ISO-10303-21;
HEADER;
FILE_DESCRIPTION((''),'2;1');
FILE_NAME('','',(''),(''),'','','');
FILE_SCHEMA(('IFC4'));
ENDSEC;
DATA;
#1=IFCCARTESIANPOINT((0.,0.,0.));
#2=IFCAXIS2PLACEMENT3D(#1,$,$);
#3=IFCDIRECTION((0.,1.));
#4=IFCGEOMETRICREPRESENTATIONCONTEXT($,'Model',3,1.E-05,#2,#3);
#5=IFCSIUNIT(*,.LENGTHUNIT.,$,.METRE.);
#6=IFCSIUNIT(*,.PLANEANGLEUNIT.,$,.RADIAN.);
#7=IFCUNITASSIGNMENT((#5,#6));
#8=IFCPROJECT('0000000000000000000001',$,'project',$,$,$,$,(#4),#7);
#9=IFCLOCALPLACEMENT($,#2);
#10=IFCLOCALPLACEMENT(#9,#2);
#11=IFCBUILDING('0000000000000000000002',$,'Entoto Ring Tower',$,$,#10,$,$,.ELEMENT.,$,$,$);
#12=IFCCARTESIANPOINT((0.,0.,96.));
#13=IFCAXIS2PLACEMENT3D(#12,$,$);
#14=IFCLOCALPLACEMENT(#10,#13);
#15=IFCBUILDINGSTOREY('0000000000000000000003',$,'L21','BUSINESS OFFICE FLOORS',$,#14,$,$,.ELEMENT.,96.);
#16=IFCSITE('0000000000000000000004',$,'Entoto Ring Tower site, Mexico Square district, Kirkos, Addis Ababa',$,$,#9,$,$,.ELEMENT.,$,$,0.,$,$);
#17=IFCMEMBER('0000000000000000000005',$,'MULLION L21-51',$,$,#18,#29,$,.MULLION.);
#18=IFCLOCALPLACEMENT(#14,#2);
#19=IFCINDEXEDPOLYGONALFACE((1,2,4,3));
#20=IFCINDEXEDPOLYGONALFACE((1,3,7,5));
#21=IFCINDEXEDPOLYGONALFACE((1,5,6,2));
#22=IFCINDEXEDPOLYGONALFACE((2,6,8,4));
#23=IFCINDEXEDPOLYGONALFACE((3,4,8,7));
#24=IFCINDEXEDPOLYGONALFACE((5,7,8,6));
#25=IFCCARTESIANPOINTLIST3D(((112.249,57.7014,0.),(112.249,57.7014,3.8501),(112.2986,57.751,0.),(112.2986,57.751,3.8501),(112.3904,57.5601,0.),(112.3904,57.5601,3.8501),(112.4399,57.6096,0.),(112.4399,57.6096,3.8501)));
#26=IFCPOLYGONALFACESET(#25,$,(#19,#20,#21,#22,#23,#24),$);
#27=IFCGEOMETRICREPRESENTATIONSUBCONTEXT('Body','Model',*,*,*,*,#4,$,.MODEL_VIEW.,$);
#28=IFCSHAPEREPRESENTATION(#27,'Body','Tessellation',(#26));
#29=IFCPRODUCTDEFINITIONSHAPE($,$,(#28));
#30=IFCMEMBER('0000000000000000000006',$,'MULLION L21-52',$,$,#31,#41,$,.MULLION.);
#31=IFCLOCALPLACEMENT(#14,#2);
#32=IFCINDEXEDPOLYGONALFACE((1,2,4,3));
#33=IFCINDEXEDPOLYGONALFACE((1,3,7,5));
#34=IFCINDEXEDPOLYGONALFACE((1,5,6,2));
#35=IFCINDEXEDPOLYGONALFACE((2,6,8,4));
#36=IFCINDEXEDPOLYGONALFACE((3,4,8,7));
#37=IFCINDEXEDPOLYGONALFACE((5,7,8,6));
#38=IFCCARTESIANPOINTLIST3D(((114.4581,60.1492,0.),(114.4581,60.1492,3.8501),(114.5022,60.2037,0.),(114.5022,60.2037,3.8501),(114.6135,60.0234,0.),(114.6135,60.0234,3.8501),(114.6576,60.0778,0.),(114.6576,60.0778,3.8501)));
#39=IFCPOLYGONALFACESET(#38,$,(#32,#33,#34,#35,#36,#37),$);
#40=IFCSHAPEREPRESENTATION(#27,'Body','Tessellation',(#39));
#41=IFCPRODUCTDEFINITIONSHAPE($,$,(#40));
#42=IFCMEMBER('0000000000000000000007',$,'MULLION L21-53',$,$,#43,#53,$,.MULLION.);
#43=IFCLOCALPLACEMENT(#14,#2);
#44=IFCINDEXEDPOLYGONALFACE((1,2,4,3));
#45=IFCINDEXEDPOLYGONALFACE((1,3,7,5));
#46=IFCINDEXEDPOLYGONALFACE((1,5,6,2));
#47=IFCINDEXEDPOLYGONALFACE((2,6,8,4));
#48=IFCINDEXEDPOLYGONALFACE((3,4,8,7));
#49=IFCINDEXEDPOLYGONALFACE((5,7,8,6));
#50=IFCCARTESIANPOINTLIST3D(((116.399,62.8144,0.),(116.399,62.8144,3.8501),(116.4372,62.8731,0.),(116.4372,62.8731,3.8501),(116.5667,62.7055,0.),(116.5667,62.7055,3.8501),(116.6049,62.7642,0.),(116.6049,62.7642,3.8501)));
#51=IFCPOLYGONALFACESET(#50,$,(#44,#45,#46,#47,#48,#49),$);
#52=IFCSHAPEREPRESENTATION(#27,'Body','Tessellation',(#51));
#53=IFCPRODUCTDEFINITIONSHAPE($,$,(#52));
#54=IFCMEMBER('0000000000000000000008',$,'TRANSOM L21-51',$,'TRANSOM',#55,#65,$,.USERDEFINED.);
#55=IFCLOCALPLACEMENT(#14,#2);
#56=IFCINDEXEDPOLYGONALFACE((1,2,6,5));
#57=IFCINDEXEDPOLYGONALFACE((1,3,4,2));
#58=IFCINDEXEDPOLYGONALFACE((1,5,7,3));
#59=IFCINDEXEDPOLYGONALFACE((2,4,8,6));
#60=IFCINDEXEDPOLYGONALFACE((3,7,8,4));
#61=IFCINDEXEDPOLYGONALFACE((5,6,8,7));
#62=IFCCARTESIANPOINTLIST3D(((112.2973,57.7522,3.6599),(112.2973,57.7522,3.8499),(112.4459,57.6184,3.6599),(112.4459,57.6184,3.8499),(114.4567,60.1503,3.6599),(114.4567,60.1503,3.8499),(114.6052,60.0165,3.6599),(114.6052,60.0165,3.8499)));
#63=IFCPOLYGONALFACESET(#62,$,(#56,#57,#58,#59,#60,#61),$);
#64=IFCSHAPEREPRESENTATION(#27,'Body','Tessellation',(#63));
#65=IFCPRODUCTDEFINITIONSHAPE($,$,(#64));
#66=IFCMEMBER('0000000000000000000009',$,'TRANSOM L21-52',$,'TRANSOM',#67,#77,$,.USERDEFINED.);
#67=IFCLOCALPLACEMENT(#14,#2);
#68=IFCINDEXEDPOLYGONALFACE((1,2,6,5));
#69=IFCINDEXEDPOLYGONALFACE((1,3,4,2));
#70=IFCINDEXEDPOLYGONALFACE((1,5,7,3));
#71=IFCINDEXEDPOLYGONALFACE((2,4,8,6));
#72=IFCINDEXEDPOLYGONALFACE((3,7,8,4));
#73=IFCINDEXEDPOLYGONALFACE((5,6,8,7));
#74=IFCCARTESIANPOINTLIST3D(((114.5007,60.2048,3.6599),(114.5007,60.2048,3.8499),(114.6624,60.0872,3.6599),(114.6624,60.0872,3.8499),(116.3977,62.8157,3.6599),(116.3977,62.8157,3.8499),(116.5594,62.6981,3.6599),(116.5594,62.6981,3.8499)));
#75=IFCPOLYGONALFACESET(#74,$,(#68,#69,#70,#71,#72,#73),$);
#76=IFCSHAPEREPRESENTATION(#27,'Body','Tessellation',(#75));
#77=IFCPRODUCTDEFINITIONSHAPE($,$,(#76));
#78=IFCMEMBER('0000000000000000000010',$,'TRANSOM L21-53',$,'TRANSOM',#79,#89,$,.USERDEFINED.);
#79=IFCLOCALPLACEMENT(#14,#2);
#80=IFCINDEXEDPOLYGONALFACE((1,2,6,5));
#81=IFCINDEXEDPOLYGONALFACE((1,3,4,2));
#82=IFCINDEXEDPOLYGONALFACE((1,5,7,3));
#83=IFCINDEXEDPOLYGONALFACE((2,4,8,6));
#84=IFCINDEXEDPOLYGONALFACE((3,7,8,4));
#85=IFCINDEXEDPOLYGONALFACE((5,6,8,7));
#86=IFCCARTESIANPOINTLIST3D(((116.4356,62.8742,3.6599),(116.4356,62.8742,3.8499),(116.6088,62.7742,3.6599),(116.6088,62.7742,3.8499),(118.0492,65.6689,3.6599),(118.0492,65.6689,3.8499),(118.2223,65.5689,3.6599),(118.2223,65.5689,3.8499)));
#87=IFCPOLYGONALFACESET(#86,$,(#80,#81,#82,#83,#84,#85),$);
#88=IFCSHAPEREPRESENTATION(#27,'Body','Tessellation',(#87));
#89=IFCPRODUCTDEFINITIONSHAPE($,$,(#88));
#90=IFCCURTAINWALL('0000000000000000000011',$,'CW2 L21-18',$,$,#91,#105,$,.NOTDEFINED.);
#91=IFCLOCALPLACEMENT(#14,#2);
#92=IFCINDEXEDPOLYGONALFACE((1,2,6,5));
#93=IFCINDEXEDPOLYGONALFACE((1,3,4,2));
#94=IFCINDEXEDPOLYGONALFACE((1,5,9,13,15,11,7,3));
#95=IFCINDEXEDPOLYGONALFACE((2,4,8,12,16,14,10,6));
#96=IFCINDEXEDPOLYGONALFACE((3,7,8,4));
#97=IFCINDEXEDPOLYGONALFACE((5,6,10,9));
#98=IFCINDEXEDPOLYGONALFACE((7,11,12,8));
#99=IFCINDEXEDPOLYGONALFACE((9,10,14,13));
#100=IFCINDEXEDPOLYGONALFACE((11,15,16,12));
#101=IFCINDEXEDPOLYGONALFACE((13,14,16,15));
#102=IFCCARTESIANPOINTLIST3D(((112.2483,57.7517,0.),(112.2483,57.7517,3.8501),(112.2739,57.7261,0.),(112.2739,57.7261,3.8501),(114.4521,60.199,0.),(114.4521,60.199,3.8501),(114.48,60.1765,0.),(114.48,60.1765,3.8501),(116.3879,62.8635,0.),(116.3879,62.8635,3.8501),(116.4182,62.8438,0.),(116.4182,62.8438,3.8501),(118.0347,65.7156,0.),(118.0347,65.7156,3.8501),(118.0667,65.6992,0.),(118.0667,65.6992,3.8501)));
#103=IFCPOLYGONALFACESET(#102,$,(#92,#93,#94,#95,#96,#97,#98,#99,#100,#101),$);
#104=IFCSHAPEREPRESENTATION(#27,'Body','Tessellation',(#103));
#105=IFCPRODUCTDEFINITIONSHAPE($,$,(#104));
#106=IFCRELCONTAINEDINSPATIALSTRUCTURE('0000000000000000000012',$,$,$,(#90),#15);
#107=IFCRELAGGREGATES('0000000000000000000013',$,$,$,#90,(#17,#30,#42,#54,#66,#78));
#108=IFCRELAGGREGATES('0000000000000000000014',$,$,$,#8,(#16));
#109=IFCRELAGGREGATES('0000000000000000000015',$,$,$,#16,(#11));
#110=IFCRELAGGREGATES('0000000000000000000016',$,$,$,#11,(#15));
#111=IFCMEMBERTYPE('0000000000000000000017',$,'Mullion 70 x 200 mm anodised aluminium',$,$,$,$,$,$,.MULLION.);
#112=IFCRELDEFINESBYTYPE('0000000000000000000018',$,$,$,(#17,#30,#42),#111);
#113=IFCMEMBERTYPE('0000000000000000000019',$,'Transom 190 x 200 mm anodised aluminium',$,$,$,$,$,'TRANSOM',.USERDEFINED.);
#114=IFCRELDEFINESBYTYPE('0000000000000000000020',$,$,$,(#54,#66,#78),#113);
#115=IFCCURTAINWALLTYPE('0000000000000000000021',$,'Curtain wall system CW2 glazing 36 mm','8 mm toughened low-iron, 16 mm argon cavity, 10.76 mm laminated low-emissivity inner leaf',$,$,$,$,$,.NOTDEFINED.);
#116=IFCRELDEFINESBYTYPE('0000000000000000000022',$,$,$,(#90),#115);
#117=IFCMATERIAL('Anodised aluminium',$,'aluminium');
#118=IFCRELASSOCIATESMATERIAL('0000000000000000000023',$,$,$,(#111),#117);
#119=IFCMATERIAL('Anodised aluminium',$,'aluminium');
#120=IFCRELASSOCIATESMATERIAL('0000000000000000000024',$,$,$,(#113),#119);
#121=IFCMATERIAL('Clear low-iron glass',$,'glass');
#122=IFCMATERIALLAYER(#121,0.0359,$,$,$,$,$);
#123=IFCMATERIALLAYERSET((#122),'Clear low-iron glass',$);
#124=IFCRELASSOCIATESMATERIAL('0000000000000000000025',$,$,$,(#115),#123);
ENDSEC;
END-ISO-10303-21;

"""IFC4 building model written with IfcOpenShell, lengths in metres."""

from ifc_helpers import new_model, si_unit, direction, frame, origin, origin_2d, place, context, subcontext, project, spatial, polyline, rectangle, outline, extrude, material, layer, layer_set, material_profile, profile_set, type_object, element, aggregate, save


model = new_model("IFC4")

# Units and contexts
model_context = context("Model", 3, precision=1e-05, world=origin(), true_north=direction((0.0, 1.0)))
body_context = subcontext(model_context, "Body", "Model", "MODEL_VIEW")
ifc_project = project(units=[si_unit("LENGTHUNIT", "METRE"), si_unit("PLANEANGLEUNIT", "RADIAN")], contexts=[model_context])

# Members
ifc_material_1 = material(Name="Anodised aluminium", Category="aluminium")
ifc_material_profile_1 = material_profile(ifc_material_1, rectangle(XDim=0.0701, YDim=0.2, at=origin_2d()), Name="Mullion 70 x 200 mm anodised aluminium")
ifc_profile_set_1 = profile_set([ifc_material_profile_1], Name="Anodised aluminium")
member_type_1 = type_object("IfcMemberType", Name="Mullion 70 x 200 mm anodised aluminium", PredefinedType="MULLION", material=ifc_profile_set_1)
site_placement = place(None, origin())
building_placement = place(site_placement, origin())
storey_placement = place(building_placement, frame((0.0, 0.0, 96.0)))
member_1_placement = place(storey_placement, frame((112.3445, 57.6555, 0.0), z_axis=(0.0, 0.0, 1.0), x_axis=(0.707107, 0.707107, 0.0)))
member_1 = element("IfcMember", 1, at=member_1_placement, type_object=member_type_1, Name="MULLION L21-51", PredefinedType="MULLION", context=body_context, shape_type="SweptSolid", body=[
    extrude(rectangle(XDim=0.0701, YDim=0.2, at=origin_2d()), origin(), (0.0, 0.0, 1.0), 3.8501),
])
member_2_placement = place(storey_placement, frame((114.5579, 60.1135, 0.0), z_axis=(0.0, 0.0, 1.0), x_axis=(0.62932, 0.777146, 0.0)))
member_2 = element("IfcMember", 2, at=member_2_placement, type_object=member_type_1, Name="MULLION L21-52", PredefinedType="MULLION", context=body_context, shape_type="SweptSolid", body=[
    extrude(rectangle(XDim=0.0701, YDim=0.2, at=origin_2d()), origin(), (0.0, 0.0, 1.0), 3.8501),
])
member_3_placement = place(storey_placement, frame((116.502, 62.7893, 0.0), z_axis=(0.0, 0.0, 1.0), x_axis=(0.544639, 0.838671, 0.0)))
member_3 = element("IfcMember", 3, at=member_3_placement, type_object=member_type_1, Name="MULLION L21-53", PredefinedType="MULLION", context=body_context, shape_type="SweptSolid", body=[
    extrude(rectangle(XDim=0.0701, YDim=0.2, at=origin_2d()), origin(), (0.0, 0.0, 1.0), 3.8501),
])
ifc_material_2 = material(Name="Anodised aluminium", Category="aluminium")
ifc_material_profile_2 = material_profile(ifc_material_2, rectangle(XDim=0.2, YDim=0.1899, at=origin_2d()), Name="Transom 190 x 200 mm anodised aluminium")
ifc_profile_set_2 = profile_set([ifc_material_profile_2], Name="Anodised aluminium")
member_type_2 = type_object("IfcMemberType", Name="Transom 190 x 200 mm anodised aluminium", ElementType="TRANSOM", PredefinedType="USERDEFINED", material=ifc_profile_set_2)
member_4_placement = place(storey_placement, frame((112.3716, 57.6853, 3.7549), z_axis=(0.669144, 0.743132, 0.0), x_axis=(-0.743132, 0.669144, 0.0)))
member_4 = element("IfcMember", 4, at=member_4_placement, type_object=member_type_2, Name="TRANSOM L21-51", ObjectType="TRANSOM", PredefinedType="USERDEFINED", context=body_context, shape_type="SweptSolid", body=[
    extrude(rectangle(XDim=0.2, YDim=0.1899, at=origin_2d()), origin(), (0.0, 0.0, 1.0), 3.2271),
])
member_5_placement = place(storey_placement, frame((114.5815, 60.146, 3.7549), z_axis=(0.587803, 0.809004, 0.0), x_axis=(-0.809004, 0.587803, 0.0)))
member_5 = element("IfcMember", 5, at=member_5_placement, type_object=member_type_2, Name="TRANSOM L21-52", ObjectType="TRANSOM", PredefinedType="USERDEFINED", context=body_context, shape_type="SweptSolid", body=[
    extrude(rectangle(XDim=0.2, YDim=0.1899, at=origin_2d()), origin(), (0.0, 0.0, 1.0), 3.2273),
])
member_6_placement = place(storey_placement, frame((116.5222, 62.8242, 3.7549), z_axis=(0.500004, 0.866023, 0.0), x_axis=(-0.866023, 0.500004, 0.0)))
member_6 = element("IfcMember", 6, at=member_6_placement, type_object=member_type_2, Name="TRANSOM L21-53", ObjectType="TRANSOM", PredefinedType="USERDEFINED", context=body_context, shape_type="SweptSolid", body=[
    extrude(rectangle(XDim=0.2, YDim=0.1899, at=origin_2d()), origin(), (0.0, 0.0, 1.0), 3.2271),
])

# Site, building, storey
site = spatial("IfcSite", under=ifc_project, at=site_placement, Name="Entoto Ring Tower site, Mexico Square district, Kirkos, Addis Ababa", CompositionType="ELEMENT", RefElevation=0.0)
building = spatial("IfcBuilding", under=site, at=building_placement, Name="Entoto Ring Tower", CompositionType="ELEMENT")
storey = spatial("IfcBuildingStorey", under=building, at=storey_placement, Name="L21", Description="BUSINESS OFFICE FLOORS", CompositionType="ELEMENT", Elevation=96.0)

# Curtain wall
ifc_material_3 = material(Name="Clear low-iron glass", Category="glass")
ifc_layer_1 = layer(ifc_material_3, 0.0359)
ifc_layer_set_1 = layer_set([ifc_layer_1], Name="Clear low-iron glass")
curtain_wall_type = type_object("IfcCurtainWallType", Name="Curtain wall system CW2 glazing 36 mm", Description="8 mm toughened low-iron, 16 mm argon cavity, 10.76 mm laminated low-emissivity inner leaf", PredefinedType="NOTDEFINED", material=ifc_layer_set_1)
curtain_wall_1_placement = place(storey_placement, origin())
curtain_wall_1 = element("IfcCurtainWall", 7, at=curtain_wall_1_placement, inside=storey, type_object=curtain_wall_type, Name="CW2 L21-18", PredefinedType="NOTDEFINED", context=body_context, shape_type="SweptSolid", body=[
    extrude(outline(polyline([(112.2739, 57.7261), (114.48, 60.1765), (116.4182, 62.8438), (118.0667, 65.6992), (118.0347, 65.7156), (116.3879, 62.8635), (114.4521, 60.199), (112.2483, 57.7517), (112.2739, 57.7261)])), origin(), (0.0, 0.0, 1.0), 3.8501),
])
aggregate(curtain_wall_1, [member_1, member_2, member_3, member_4, member_5, member_6])

save(model, "model.ifc")
